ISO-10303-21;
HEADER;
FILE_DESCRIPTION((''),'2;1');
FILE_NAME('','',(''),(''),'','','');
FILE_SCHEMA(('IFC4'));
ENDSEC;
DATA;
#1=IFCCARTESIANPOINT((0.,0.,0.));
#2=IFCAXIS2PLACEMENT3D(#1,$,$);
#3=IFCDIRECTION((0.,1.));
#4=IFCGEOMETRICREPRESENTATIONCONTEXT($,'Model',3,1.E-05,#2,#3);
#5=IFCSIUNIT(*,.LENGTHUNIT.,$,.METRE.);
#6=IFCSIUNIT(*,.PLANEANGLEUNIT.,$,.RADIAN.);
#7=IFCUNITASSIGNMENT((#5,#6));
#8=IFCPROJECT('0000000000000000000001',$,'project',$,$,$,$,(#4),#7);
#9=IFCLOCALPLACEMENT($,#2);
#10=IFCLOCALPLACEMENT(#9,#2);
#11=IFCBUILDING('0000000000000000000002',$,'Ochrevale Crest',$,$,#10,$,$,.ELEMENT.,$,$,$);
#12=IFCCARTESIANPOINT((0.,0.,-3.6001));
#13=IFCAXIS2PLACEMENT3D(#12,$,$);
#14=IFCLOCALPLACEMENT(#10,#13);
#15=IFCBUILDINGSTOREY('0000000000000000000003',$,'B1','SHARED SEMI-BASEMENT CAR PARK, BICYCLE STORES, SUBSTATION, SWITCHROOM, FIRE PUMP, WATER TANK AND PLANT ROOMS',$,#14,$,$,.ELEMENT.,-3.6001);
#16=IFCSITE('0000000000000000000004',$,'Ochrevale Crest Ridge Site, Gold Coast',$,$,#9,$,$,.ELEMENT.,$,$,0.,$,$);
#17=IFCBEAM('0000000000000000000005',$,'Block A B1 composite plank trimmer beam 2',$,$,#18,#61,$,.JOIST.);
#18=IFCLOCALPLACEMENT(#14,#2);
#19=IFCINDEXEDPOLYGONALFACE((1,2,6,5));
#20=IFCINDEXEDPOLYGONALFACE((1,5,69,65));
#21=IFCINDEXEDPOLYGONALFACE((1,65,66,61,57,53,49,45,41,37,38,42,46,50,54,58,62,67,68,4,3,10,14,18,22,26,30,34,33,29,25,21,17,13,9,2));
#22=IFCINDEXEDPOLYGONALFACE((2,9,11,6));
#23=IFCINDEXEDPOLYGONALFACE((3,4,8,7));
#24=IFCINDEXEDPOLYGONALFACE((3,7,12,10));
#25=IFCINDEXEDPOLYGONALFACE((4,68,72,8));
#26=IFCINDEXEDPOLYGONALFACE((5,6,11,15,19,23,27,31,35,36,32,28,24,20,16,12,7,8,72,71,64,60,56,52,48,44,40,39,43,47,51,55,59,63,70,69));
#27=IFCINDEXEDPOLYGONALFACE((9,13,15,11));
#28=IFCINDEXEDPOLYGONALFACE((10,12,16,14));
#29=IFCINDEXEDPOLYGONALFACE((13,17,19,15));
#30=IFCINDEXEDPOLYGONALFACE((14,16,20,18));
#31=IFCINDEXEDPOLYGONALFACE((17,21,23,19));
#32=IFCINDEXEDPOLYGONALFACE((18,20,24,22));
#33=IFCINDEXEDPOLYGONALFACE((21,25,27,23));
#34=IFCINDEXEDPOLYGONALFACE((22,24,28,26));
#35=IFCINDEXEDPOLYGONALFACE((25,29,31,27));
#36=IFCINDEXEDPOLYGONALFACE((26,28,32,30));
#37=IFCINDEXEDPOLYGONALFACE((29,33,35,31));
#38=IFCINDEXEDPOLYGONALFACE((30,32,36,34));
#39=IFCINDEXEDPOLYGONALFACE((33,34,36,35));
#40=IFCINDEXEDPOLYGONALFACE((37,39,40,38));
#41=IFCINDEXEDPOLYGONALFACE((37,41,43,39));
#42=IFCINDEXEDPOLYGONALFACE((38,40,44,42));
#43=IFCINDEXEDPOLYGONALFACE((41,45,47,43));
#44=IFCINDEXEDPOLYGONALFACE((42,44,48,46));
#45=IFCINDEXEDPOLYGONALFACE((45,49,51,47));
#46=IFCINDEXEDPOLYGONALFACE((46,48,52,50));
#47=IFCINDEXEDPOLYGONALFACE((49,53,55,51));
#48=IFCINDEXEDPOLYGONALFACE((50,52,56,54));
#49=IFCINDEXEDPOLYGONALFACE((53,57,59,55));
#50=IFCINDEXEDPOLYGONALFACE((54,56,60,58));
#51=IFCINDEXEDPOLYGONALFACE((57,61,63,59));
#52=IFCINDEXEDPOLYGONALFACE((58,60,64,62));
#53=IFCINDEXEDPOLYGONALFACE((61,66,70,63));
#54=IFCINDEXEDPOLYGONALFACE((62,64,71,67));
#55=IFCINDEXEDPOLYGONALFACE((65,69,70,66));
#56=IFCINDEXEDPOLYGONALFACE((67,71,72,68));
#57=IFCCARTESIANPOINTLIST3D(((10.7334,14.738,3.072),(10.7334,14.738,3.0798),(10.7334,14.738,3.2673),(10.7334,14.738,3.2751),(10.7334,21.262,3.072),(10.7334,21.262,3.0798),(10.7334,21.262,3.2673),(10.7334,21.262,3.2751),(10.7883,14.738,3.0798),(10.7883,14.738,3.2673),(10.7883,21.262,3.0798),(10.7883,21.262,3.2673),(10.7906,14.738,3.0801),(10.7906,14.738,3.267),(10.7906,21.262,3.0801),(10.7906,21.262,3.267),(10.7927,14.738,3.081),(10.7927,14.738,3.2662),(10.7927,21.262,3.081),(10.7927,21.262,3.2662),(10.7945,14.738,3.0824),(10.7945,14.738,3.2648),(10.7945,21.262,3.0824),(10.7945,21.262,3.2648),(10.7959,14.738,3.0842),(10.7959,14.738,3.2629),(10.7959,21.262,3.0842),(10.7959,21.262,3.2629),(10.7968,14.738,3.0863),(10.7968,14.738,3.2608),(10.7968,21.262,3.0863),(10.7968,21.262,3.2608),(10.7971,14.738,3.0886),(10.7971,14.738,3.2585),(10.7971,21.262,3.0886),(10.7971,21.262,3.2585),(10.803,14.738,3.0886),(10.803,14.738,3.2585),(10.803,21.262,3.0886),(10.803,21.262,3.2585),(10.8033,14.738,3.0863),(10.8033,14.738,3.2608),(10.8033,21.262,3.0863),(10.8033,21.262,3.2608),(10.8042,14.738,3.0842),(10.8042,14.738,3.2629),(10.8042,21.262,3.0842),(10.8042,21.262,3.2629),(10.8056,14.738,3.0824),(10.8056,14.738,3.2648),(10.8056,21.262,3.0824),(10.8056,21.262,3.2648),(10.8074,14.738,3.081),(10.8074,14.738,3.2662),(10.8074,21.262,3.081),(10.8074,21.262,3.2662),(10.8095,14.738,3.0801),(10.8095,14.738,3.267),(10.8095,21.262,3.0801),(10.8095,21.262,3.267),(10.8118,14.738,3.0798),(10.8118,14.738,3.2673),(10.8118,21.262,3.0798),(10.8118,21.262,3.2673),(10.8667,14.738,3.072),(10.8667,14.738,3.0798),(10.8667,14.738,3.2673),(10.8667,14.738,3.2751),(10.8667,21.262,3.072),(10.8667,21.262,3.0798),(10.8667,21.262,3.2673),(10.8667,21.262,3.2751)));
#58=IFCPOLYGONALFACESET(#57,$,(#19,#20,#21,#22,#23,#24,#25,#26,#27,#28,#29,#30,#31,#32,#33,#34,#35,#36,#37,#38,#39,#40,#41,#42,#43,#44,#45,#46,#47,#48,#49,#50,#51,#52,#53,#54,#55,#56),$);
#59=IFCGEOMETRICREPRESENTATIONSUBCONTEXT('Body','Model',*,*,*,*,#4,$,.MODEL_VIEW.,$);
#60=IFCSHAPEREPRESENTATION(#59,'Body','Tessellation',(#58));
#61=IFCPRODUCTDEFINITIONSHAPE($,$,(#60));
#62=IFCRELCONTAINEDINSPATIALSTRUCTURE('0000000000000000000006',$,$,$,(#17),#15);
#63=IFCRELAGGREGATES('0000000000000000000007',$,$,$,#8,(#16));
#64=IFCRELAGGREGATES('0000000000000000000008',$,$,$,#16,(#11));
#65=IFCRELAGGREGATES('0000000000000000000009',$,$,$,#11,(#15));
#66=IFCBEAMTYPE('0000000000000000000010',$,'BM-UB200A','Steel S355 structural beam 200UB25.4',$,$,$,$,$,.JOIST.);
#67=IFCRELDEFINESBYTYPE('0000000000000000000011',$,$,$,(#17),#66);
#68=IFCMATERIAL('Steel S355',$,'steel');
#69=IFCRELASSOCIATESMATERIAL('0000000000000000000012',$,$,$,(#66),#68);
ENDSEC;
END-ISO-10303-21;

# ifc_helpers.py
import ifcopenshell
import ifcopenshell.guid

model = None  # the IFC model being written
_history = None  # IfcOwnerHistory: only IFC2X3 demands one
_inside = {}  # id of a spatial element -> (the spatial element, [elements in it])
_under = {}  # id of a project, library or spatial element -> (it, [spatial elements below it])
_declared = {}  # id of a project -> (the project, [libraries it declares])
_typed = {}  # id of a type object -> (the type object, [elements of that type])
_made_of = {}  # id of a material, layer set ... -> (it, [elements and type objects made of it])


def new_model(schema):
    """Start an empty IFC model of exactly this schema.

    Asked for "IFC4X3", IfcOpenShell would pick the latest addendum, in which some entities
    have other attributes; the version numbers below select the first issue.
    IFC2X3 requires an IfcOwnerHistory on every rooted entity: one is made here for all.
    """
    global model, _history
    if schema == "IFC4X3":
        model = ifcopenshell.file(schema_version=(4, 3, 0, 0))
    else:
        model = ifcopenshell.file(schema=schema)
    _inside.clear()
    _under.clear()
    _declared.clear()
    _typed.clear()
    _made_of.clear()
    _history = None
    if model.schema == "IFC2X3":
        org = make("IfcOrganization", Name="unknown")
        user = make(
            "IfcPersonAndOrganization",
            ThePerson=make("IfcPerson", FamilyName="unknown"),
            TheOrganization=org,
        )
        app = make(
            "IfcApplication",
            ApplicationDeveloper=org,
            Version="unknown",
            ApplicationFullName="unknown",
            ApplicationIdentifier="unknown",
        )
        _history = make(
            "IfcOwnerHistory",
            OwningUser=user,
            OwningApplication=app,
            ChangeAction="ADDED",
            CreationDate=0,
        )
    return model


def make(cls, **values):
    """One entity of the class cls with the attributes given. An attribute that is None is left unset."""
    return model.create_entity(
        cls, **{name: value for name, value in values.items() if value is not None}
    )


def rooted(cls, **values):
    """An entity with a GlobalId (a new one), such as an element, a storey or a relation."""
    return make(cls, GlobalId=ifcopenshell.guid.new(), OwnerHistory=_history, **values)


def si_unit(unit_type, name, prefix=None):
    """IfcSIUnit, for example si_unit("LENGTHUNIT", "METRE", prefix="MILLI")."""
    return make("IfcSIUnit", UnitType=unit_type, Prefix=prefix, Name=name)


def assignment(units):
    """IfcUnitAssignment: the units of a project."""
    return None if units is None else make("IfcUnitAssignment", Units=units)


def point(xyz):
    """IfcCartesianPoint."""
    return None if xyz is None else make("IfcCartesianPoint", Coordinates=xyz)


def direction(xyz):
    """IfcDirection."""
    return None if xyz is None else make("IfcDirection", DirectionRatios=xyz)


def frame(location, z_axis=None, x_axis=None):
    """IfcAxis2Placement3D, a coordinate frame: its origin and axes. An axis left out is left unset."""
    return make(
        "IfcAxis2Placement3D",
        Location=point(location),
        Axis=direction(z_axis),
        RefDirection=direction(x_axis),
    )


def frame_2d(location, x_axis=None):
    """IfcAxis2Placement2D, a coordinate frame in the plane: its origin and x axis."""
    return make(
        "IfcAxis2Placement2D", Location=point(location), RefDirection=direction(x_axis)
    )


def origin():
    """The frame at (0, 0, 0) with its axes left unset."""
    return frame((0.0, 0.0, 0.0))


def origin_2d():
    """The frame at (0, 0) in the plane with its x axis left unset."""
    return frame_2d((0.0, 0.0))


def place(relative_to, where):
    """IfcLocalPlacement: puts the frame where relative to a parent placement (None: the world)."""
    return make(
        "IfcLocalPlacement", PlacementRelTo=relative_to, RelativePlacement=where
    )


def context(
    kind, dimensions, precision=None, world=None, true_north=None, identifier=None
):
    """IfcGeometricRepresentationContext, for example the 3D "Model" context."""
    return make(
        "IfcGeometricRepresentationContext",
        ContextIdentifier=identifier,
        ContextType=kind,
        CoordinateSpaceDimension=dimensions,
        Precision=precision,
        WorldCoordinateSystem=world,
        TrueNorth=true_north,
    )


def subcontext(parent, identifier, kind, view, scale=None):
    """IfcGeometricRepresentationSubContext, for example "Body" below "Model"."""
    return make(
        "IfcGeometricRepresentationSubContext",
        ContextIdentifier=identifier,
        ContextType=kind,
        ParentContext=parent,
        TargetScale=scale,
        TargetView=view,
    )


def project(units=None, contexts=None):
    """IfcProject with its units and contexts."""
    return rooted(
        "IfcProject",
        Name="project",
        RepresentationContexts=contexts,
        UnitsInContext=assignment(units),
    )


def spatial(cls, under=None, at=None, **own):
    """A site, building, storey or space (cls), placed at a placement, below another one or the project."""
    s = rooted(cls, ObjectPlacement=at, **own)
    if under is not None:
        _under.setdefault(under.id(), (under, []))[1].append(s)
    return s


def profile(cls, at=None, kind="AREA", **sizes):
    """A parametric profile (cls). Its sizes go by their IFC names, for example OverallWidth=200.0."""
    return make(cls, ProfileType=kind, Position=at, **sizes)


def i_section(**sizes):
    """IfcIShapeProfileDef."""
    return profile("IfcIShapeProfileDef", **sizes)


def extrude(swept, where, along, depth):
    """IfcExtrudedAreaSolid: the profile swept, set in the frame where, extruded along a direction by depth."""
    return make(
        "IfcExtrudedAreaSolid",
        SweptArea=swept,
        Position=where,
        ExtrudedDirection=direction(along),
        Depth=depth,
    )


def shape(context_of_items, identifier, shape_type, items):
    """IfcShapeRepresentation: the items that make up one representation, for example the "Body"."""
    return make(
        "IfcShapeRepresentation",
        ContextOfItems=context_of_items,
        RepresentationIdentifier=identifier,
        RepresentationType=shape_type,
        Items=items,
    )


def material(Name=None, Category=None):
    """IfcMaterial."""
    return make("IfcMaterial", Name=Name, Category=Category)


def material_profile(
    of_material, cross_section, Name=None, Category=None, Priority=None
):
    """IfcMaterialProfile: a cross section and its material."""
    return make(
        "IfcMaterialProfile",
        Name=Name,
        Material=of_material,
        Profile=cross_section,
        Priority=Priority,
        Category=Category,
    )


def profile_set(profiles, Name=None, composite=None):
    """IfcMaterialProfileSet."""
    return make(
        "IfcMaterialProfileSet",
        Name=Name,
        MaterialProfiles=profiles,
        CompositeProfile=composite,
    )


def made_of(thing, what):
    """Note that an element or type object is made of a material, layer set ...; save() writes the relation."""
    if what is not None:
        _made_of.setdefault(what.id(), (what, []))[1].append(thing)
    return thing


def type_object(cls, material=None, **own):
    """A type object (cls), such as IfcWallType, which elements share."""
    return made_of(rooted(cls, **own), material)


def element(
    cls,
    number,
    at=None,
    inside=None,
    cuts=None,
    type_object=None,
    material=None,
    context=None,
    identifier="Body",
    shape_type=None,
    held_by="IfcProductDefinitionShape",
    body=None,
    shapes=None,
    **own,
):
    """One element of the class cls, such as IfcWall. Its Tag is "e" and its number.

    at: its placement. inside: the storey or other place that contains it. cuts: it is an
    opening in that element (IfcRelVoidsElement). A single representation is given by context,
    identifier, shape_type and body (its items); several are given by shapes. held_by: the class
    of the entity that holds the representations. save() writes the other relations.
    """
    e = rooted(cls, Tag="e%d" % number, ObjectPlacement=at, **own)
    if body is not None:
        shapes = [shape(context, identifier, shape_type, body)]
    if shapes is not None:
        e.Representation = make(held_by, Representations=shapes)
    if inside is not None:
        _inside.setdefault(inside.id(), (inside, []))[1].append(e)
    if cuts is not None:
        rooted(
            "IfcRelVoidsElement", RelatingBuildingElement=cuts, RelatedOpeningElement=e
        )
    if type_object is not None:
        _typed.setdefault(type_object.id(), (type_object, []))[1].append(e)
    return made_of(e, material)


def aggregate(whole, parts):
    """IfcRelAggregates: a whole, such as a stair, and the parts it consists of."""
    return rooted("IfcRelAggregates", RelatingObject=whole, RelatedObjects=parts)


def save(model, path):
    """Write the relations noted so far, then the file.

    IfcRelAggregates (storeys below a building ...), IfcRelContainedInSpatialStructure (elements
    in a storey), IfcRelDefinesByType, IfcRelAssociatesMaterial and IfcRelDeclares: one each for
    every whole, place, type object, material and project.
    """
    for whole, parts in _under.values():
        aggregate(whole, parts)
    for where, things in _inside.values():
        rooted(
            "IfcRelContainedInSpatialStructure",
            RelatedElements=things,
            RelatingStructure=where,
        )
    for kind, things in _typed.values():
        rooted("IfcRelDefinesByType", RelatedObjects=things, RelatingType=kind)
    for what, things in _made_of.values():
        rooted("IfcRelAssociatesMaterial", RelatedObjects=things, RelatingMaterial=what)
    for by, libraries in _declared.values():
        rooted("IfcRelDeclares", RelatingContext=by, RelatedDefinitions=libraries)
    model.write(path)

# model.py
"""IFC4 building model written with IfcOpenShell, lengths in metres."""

from ifc_helpers import new_model, si_unit, direction, frame, origin, origin_2d, place, context, subcontext, project, spatial, i_section, extrude, material, material_profile, profile_set, type_object, element, save


model = new_model("IFC4")

# Units and contexts
model_context = context("Model", 3, precision=1e-05, world=origin(), true_north=direction((0.0, 1.0)))
body_context = subcontext(model_context, "Body", "Model", "MODEL_VIEW")
ifc_project = project(units=[si_unit("LENGTHUNIT", "METRE"), si_unit("PLANEANGLEUNIT", "RADIAN")], contexts=[model_context])

# Site, building, storey
site_placement = place(None, origin())
site = spatial("IfcSite", under=ifc_project, at=site_placement, Name="Ochrevale Crest Ridge Site, Gold Coast", CompositionType="ELEMENT", RefElevation=0.0)
building_placement = place(site_placement, origin())
building = spatial("IfcBuilding", under=site, at=building_placement, Name="Ochrevale Crest", CompositionType="ELEMENT")
storey_placement = place(building_placement, frame((0.0, 0.0, -3.6001)))
storey = spatial("IfcBuildingStorey", under=building, at=storey_placement, Name="B1", Description="SHARED SEMI-BASEMENT CAR PARK, BICYCLE STORES, SUBSTATION, SWITCHROOM, FIRE PUMP, WATER TANK AND PLANT ROOMS", CompositionType="ELEMENT", Elevation=-3.6001)

# Beam
ifc_material_1 = material(Name="Steel S355", Category="steel")
ifc_material_profile_1 = material_profile(ifc_material_1, i_section(OverallWidth=0.1333, OverallDepth=0.2031, WebThickness=0.0059, FlangeThickness=0.0078, FilletRadius=0.0088, at=origin_2d()), Name="200UB25.4")
ifc_profile_set_1 = profile_set([ifc_material_profile_1], Name="Steel S355")
beam_type_1 = type_object("IfcBeamType", Name="BM-UB200A", Description="Steel S355 structural beam 200UB25.4", PredefinedType="JOIST", material=ifc_profile_set_1)
beam_placement = place(storey_placement, frame((10.8, 14.738, 3.1736), z_axis=(0.0, 1.0, 0.0), x_axis=(-1.0, 0.0, 0.0)))
element("IfcBeam", 1, at=beam_placement, inside=storey, type_object=beam_type_1, Name="Block A B1 composite plank trimmer beam 2", PredefinedType="JOIST", context=body_context, shape_type="SweptSolid", body=[
    extrude(i_section(OverallWidth=0.1333, OverallDepth=0.2031, WebThickness=0.0059, FlangeThickness=0.0078, FilletRadius=0.0088, at=origin_2d()), origin(), (0.0, 0.0, 1.0), 6.5239),
])

save(model, "model.ifc")
